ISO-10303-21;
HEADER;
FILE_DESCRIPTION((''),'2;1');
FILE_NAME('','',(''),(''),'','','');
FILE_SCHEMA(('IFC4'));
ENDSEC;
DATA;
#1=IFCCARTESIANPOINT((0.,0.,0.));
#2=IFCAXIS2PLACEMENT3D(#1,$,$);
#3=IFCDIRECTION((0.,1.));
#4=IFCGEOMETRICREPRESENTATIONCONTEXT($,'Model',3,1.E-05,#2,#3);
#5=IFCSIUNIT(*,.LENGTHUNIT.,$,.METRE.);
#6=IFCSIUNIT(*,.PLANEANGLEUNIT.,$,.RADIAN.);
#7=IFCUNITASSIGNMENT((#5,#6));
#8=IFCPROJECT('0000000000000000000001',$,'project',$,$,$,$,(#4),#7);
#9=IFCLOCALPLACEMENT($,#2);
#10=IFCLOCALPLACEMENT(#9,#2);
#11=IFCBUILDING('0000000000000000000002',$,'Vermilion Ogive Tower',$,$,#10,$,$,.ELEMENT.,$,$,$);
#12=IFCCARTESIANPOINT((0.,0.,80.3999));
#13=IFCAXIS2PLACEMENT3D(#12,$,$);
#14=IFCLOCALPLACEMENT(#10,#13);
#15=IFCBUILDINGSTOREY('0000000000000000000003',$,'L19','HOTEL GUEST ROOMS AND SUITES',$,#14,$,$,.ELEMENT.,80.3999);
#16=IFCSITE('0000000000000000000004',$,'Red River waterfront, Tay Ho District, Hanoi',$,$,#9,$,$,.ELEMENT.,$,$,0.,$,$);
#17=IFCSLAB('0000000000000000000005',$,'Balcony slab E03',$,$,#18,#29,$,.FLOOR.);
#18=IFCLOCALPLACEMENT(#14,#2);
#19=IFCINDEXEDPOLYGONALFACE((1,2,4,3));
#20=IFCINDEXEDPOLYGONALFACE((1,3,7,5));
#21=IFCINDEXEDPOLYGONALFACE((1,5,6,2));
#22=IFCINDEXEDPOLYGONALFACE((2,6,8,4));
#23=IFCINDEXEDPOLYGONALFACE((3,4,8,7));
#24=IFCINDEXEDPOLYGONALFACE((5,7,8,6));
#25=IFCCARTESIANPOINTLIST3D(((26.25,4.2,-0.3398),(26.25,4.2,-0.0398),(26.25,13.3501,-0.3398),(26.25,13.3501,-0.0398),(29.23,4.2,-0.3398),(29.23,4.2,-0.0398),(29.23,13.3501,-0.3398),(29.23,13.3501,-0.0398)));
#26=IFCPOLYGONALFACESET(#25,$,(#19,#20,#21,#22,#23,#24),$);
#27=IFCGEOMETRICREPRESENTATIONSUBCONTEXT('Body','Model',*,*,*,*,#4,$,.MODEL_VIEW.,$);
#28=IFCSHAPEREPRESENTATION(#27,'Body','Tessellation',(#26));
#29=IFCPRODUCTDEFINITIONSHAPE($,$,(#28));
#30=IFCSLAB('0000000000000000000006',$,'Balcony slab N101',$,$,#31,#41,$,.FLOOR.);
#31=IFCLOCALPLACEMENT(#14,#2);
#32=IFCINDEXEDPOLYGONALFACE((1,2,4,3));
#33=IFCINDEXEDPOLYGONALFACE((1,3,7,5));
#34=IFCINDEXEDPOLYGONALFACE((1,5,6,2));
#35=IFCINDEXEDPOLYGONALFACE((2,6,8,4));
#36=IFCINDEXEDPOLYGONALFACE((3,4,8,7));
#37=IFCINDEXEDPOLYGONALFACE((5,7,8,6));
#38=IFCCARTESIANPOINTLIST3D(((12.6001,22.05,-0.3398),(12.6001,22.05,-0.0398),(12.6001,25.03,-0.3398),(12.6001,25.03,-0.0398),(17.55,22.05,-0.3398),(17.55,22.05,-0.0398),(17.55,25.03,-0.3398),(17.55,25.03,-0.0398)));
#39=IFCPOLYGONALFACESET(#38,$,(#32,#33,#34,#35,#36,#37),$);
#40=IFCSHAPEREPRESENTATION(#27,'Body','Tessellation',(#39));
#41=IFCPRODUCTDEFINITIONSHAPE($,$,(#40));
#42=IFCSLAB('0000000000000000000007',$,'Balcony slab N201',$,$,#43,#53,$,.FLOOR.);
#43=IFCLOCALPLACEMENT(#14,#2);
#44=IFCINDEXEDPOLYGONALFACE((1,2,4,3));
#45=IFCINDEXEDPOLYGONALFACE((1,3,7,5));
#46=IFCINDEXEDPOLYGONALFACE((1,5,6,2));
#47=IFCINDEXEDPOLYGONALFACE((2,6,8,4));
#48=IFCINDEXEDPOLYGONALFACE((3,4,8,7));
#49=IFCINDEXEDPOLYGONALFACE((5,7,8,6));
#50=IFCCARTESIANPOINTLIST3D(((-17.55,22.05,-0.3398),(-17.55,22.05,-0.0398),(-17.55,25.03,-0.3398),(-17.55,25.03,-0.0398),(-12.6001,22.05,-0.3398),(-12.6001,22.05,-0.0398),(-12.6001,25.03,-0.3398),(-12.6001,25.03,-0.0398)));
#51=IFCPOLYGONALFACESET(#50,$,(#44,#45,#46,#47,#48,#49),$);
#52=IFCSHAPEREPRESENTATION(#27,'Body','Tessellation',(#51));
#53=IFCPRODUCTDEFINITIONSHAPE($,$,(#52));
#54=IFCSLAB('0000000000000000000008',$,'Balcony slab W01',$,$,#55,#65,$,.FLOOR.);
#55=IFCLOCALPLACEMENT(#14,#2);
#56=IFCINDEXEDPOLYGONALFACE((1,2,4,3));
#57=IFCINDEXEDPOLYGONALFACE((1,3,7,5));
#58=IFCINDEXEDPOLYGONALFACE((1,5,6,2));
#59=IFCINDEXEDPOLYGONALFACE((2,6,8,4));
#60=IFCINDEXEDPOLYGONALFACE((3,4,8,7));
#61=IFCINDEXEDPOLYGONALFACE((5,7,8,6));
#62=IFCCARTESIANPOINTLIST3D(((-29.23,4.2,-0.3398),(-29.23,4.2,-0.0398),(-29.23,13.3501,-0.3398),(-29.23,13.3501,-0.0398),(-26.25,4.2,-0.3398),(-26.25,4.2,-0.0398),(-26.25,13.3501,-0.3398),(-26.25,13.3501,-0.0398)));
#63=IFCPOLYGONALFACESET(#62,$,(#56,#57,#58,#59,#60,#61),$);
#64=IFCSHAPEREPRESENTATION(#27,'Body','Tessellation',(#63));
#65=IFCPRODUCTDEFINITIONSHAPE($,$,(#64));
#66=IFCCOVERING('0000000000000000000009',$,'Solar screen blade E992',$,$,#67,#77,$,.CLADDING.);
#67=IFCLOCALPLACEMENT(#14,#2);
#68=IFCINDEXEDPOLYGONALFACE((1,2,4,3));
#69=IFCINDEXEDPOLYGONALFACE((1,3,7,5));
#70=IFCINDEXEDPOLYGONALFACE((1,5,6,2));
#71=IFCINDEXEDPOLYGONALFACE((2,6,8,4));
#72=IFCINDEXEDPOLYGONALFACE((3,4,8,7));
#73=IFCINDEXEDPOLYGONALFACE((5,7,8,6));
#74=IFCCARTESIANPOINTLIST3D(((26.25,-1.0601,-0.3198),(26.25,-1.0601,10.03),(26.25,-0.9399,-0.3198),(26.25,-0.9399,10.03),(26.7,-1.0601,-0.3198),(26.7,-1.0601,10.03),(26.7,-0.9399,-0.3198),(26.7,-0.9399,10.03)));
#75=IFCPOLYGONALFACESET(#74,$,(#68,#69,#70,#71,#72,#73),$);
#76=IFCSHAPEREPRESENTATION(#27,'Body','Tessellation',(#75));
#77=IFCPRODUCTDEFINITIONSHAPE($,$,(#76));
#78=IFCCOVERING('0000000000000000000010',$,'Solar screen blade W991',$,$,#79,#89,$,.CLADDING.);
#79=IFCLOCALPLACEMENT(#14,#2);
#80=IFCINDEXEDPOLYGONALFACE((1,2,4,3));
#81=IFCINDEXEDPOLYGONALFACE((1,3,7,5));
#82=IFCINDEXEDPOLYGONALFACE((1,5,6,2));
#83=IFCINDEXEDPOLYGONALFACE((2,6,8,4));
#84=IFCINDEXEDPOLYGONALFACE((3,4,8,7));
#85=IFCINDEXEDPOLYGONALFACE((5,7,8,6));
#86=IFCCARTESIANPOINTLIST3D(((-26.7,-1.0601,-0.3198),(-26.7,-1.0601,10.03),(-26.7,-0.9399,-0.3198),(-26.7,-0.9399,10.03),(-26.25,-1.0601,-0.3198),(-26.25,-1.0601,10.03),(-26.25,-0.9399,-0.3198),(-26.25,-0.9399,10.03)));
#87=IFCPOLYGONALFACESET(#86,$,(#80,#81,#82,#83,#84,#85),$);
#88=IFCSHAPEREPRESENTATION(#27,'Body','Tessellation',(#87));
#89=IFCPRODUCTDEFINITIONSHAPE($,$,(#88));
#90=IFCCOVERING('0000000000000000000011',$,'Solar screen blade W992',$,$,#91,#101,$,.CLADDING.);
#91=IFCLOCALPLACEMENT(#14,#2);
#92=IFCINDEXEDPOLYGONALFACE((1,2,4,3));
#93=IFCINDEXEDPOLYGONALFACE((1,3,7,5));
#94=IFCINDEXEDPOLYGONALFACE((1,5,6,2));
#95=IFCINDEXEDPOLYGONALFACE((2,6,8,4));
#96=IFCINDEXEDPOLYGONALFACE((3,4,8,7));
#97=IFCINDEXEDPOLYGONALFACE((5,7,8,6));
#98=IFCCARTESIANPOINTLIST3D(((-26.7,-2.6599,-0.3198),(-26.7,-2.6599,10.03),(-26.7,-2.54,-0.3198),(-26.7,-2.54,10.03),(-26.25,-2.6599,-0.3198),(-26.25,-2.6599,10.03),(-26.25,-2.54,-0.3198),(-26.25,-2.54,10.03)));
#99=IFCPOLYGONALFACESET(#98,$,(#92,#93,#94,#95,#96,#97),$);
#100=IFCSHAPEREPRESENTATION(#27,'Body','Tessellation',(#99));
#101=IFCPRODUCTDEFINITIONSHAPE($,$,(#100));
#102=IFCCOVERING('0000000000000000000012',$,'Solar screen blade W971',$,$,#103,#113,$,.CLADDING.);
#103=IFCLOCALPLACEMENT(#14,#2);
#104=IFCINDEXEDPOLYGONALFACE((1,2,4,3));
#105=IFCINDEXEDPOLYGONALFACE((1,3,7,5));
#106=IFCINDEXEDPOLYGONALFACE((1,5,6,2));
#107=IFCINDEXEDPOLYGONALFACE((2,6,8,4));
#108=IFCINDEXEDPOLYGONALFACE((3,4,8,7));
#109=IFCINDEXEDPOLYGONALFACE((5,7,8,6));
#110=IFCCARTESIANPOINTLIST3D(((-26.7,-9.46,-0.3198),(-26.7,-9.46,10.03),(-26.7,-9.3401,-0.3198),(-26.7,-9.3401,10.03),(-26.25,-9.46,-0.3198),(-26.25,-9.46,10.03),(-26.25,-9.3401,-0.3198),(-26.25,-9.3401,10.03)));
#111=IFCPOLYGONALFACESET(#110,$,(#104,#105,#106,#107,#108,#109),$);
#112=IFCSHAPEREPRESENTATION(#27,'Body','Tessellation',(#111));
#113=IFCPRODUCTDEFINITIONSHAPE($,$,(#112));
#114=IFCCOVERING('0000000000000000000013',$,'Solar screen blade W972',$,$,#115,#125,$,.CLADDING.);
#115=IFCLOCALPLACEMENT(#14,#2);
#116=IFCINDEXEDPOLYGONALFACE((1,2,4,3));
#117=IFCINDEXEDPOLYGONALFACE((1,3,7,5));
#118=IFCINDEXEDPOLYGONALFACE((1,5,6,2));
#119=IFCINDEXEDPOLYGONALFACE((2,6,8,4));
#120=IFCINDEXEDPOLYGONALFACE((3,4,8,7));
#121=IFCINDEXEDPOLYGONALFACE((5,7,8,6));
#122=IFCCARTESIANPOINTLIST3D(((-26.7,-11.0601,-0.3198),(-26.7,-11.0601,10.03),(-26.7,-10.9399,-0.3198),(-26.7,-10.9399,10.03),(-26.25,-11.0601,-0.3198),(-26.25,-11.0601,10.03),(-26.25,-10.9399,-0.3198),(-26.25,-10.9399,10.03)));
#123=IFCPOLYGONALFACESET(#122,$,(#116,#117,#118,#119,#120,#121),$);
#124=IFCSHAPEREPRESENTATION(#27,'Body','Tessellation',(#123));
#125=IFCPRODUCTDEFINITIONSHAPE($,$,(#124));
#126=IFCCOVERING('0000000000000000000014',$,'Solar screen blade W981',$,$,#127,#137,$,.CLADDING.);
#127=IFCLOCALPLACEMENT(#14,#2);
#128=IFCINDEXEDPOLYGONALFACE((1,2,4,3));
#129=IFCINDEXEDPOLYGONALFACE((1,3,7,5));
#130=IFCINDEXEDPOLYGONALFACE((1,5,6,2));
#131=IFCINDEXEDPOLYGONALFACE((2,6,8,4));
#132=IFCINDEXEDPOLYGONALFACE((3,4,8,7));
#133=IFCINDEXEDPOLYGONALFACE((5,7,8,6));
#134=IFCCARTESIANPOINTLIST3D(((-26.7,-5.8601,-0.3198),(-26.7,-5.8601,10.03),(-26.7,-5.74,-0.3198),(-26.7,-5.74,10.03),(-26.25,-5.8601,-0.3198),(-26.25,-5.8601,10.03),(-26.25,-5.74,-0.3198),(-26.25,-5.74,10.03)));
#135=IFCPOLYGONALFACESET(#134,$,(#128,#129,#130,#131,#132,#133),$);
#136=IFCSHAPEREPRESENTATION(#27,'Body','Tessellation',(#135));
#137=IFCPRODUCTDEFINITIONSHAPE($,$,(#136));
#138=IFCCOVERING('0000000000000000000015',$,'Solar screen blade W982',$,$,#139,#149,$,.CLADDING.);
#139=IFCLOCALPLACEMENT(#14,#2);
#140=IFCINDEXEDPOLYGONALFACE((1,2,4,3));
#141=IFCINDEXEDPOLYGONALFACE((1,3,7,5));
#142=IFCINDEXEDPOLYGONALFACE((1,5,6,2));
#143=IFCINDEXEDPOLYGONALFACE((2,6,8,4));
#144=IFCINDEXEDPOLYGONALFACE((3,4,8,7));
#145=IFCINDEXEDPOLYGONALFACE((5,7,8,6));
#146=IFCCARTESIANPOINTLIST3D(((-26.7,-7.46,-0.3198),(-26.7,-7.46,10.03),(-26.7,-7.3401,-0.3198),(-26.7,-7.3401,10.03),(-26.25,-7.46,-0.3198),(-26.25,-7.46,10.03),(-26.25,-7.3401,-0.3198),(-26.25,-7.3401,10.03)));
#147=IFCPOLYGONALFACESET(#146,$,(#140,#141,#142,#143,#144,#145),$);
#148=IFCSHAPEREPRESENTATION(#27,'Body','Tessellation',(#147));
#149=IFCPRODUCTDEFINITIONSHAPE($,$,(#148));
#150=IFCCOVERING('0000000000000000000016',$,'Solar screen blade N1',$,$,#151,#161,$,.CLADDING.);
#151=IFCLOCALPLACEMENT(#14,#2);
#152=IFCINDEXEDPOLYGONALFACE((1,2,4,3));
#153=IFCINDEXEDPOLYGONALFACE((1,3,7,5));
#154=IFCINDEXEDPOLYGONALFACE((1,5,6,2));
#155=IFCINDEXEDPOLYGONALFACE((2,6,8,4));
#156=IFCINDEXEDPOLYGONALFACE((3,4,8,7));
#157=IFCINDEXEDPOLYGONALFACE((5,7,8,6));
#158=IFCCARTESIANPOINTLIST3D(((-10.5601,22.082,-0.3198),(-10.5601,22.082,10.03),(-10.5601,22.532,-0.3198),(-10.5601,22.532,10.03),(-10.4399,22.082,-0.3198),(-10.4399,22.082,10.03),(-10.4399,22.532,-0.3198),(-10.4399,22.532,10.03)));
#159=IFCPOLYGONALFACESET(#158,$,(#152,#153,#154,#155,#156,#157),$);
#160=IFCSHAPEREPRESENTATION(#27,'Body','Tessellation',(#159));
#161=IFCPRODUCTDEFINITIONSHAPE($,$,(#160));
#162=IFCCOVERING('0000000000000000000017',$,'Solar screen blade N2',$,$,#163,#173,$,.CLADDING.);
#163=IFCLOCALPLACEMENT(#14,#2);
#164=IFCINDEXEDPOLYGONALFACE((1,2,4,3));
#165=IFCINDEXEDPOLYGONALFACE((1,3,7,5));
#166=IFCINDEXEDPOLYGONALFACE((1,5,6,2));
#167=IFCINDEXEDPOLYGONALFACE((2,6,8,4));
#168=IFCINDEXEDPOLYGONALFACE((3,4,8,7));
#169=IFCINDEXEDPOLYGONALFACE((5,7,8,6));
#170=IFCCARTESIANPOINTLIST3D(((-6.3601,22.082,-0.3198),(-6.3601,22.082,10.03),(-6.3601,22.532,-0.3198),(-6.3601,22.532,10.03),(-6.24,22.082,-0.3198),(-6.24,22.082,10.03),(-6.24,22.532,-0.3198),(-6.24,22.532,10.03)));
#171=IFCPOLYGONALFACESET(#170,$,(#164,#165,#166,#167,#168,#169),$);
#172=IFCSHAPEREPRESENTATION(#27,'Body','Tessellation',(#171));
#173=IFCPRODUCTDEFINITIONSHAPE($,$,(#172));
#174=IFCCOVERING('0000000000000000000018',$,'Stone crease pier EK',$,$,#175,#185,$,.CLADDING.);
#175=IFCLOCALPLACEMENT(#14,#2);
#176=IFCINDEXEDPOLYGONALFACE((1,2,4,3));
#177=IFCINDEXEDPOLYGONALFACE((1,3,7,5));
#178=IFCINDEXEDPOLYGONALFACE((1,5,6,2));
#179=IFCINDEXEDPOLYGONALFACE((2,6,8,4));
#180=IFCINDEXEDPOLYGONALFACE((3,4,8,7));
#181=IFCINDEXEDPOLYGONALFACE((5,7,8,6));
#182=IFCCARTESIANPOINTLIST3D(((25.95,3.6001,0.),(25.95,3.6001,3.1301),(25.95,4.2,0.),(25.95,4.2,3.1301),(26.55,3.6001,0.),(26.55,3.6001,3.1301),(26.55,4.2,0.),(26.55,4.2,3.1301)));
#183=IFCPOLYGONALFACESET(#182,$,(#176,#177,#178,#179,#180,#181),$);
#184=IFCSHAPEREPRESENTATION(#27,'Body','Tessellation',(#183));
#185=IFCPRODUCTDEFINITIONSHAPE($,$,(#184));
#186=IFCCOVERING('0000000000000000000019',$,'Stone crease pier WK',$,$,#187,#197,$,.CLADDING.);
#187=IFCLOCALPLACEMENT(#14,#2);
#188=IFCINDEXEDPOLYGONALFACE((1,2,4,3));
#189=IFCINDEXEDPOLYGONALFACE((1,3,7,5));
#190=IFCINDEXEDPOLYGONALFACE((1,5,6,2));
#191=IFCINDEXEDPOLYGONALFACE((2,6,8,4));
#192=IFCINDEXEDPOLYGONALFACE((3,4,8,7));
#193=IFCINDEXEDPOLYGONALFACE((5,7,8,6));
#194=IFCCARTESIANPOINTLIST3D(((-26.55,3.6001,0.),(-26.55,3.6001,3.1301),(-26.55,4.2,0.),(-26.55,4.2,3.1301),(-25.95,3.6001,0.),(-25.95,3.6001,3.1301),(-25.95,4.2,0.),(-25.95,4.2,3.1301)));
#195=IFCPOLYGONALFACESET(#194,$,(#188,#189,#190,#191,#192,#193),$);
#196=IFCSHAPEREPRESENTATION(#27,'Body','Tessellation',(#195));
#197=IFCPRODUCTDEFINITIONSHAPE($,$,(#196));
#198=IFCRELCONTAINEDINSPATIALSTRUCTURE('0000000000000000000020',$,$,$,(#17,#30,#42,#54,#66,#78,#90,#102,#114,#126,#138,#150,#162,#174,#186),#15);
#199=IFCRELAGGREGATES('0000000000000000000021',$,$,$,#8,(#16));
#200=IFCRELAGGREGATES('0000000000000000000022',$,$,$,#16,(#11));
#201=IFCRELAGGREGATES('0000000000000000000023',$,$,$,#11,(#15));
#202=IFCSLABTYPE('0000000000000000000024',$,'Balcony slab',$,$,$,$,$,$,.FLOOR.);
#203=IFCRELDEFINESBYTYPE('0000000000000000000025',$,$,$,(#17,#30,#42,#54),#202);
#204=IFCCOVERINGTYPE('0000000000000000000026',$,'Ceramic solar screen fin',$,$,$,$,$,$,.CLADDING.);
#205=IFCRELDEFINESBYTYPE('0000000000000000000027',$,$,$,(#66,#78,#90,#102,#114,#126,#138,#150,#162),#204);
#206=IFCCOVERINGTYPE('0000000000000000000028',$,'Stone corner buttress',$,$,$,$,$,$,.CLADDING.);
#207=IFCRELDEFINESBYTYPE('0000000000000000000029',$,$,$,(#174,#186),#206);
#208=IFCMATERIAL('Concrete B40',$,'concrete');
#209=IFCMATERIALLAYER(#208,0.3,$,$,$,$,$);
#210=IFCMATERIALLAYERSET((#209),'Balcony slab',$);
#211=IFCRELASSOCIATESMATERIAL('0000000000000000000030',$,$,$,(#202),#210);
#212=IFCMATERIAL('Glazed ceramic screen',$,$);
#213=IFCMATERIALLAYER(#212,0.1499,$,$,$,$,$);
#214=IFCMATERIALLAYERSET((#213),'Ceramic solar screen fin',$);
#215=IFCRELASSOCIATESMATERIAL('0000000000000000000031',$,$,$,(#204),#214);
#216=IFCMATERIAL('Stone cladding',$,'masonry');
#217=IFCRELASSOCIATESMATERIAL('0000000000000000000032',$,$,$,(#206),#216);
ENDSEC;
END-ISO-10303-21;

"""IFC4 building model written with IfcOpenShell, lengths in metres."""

from ifc_helpers import new_model, si_unit, direction, frame, origin, place, context, subcontext, project, spatial, polyline, outline, extrude, material, layer, layer_set, type_object, element, save


model = new_model("IFC4")

# Units and contexts
model_context = context("Model", 3, precision=1e-05, world=origin(), true_north=direction((0.0, 1.0)))
body_context = subcontext(model_context, "Body", "Model", "MODEL_VIEW")
ifc_project = project(units=[si_unit("LENGTHUNIT", "METRE"), si_unit("PLANEANGLEUNIT", "RADIAN")], contexts=[model_context])

# Site, building, storey
site_placement = place(None, origin())
site = spatial("IfcSite", under=ifc_project, at=site_placement, Name="Red River waterfront, Tay Ho District, Hanoi", CompositionType="ELEMENT", RefElevation=0.0)
building_placement = place(site_placement, origin())
building = spatial("IfcBuilding", under=site, at=building_placement, Name="Vermilion Ogive Tower", CompositionType="ELEMENT")
storey_placement = place(building_placement, frame((0.0, 0.0, 80.3999)))
storey = spatial("IfcBuildingStorey", under=building, at=storey_placement, Name="L19", Description="HOTEL GUEST ROOMS AND SUITES", CompositionType="ELEMENT", Elevation=80.3999)

# Slabs
ifc_material_1 = material(Name="Concrete B40", Category="concrete")
ifc_layer_1 = layer(ifc_material_1, 0.3)
ifc_layer_set_1 = layer_set([ifc_layer_1], Name="Balcony slab")
slab_type = type_object("IfcSlabType", Name="Balcony slab", PredefinedType="FLOOR", material=ifc_layer_set_1)
slab_1_placement = place(storey_placement, frame((0.0, 0.0, -0.3398)))
element("IfcSlab", 1, at=slab_1_placement, inside=storey, type_object=slab_type, Name="Balcony slab E03", PredefinedType="FLOOR", context=body_context, shape_type="SweptSolid", body=[
    extrude(outline(polyline([(29.23, 4.2), (29.23, 13.3501), (26.25, 13.3501), (26.25, 4.2), (29.23, 4.2)])), origin(), (0.0, 0.0, 1.0), 0.3),
])
slab_2_placement = place(storey_placement, frame((0.0, 0.0, -0.3398)))
element("IfcSlab", 2, at=slab_2_placement, inside=storey, type_object=slab_type, Name="Balcony slab N101", PredefinedType="FLOOR", context=body_context, shape_type="SweptSolid", body=[
    extrude(outline(polyline([(17.55, 25.03), (12.6001, 25.03), (12.6001, 22.05), (17.55, 22.05), (17.55, 25.03)])), origin(), (0.0, 0.0, 1.0), 0.3),
])
slab_3_placement = place(storey_placement, frame((0.0, 0.0, -0.3398)))
element("IfcSlab", 3, at=slab_3_placement, inside=storey, type_object=slab_type, Name="Balcony slab N201", PredefinedType="FLOOR", context=body_context, shape_type="SweptSolid", body=[
    extrude(outline(polyline([(-12.6001, 25.03), (-17.55, 25.03), (-17.55, 22.05), (-12.6001, 22.05), (-12.6001, 25.03)])), origin(), (0.0, 0.0, 1.0), 0.3),
])
slab_4_placement = place(storey_placement, frame((0.0, 0.0, -0.3398)))
element("IfcSlab", 4, at=slab_4_placement, inside=storey, type_object=slab_type, Name="Balcony slab W01", PredefinedType="FLOOR", context=body_context, shape_type="SweptSolid", body=[
    extrude(outline(polyline([(-29.23, 13.3501), (-29.23, 4.2), (-26.25, 4.2), (-26.25, 13.3501), (-29.23, 13.3501)])), origin(), (0.0, 0.0, 1.0), 0.3),
])

# Coverings
ifc_material_2 = material(Name="Glazed ceramic screen")
ifc_layer_2 = layer(ifc_material_2, 0.1499)
ifc_layer_set_2 = layer_set([ifc_layer_2], Name="Ceramic solar screen fin")
covering_type_1 = type_object("IfcCoveringType", Name="Ceramic solar screen fin", PredefinedType="CLADDING", material=ifc_layer_set_2)
covering_1_placement = place(storey_placement, frame((0.0, 0.0, -0.3198)))
element("IfcCovering", 5, at=covering_1_placement, inside=storey, type_object=covering_type_1, Name="Solar screen blade E992", PredefinedType="CLADDING", context=body_context, shape_type="SweptSolid", body=[
    extrude(outline(polyline([(26.7, -1.0601), (26.7, -0.9399), (26.25, -0.9399), (26.25, -1.0601), (26.7, -1.0601)])), origin(), (0.0, 0.0, 1.0), 10.3499),
])
covering_2_placement = place(storey_placement, frame((0.0, 0.0, -0.3198)))
element("IfcCovering", 6, at=covering_2_placement, inside=storey, type_object=covering_type_1, Name="Solar screen blade W991", PredefinedType="CLADDING", context=body_context, shape_type="SweptSolid", body=[
    extrude(outline(polyline([(-26.7, -0.9399), (-26.7, -1.0601), (-26.25, -1.0601), (-26.25, -0.9399), (-26.7, -0.9399)])), origin(), (0.0, 0.0, 1.0), 10.3499),
])
covering_3_placement = place(storey_placement, frame((0.0, 0.0, -0.3198)))
element("IfcCovering", 7, at=covering_3_placement, inside=storey, type_object=covering_type_1, Name="Solar screen blade W992", PredefinedType="CLADDING", context=body_context, shape_type="SweptSolid", body=[
    extrude(outline(polyline([(-26.7, -2.54), (-26.7, -2.6599), (-26.25, -2.6599), (-26.25, -2.54), (-26.7, -2.54)])), origin(), (0.0, 0.0, 1.0), 10.3499),
])
covering_4_placement = place(storey_placement, frame((0.0, 0.0, -0.3198)))
element("IfcCovering", 8, at=covering_4_placement, inside=storey, type_object=covering_type_1, Name="Solar screen blade W971", PredefinedType="CLADDING", context=body_context, shape_type="SweptSolid", body=[
    extrude(outline(polyline([(-26.7, -9.3401), (-26.7, -9.46), (-26.25, -9.46), (-26.25, -9.3401), (-26.7, -9.3401)])), origin(), (0.0, 0.0, 1.0), 10.3499),
])
covering_5_placement = place(storey_placement, frame((0.0, 0.0, -0.3198)))
element("IfcCovering", 9, at=covering_5_placement, inside=storey, type_object=covering_type_1, Name="Solar screen blade W972", PredefinedType="CLADDING", context=body_context, shape_type="SweptSolid", body=[
    extrude(outline(polyline([(-26.7, -10.9399), (-26.7, -11.0601), (-26.25, -11.0601), (-26.25, -10.9399), (-26.7, -10.9399)])), origin(), (0.0, 0.0, 1.0), 10.3499),
])
covering_6_placement = place(storey_placement, frame((0.0, 0.0, -0.3198)))
element("IfcCovering", 10, at=covering_6_placement, inside=storey, type_object=covering_type_1, Name="Solar screen blade W981", PredefinedType="CLADDING", context=body_context, shape_type="SweptSolid", body=[
    extrude(outline(polyline([(-26.7, -5.74), (-26.7, -5.8601), (-26.25, -5.8601), (-26.25, -5.74), (-26.7, -5.74)])), origin(), (0.0, 0.0, 1.0), 10.3499),
])
covering_7_placement = place(storey_placement, frame((0.0, 0.0, -0.3198)))
element("IfcCovering", 11, at=covering_7_placement, inside=storey, type_object=covering_type_1, Name="Solar screen blade W982", PredefinedType="CLADDING", context=body_context, shape_type="SweptSolid", body=[
    extrude(outline(polyline([(-26.7, -7.3401), (-26.7, -7.46), (-26.25, -7.46), (-26.25, -7.3401), (-26.7, -7.3401)])), origin(), (0.0, 0.0, 1.0), 10.3499),
])
covering_8_placement = place(storey_placement, frame((0.0, 0.0, -0.3198)))
element("IfcCovering", 12, at=covering_8_placement, inside=storey, type_object=covering_type_1, Name="Solar screen blade N1", PredefinedType="CLADDING", context=body_context, shape_type="SweptSolid", body=[
    extrude(outline(polyline([(-10.5601, 22.082), (-10.4399, 22.082), (-10.4399, 22.532), (-10.5601, 22.532), (-10.5601, 22.082)])), origin(), (0.0, 0.0, 1.0), 10.3499),
])
covering_9_placement = place(storey_placement, frame((0.0, 0.0, -0.3198)))
element("IfcCovering", 13, at=covering_9_placement, inside=storey, type_object=covering_type_1, Name="Solar screen blade N2", PredefinedType="CLADDING", context=body_context, shape_type="SweptSolid", body=[
    extrude(outline(polyline([(-6.3601, 22.082), (-6.24, 22.082), (-6.24, 22.532), (-6.3601, 22.532), (-6.3601, 22.082)])), origin(), (0.0, 0.0, 1.0), 10.3499),
])
ifc_material_3 = material(Name="Stone cladding", Category="masonry")
covering_type_2 = type_object("IfcCoveringType", Name="Stone corner buttress", PredefinedType="CLADDING", material=ifc_material_3)
covering_10_placement = place(storey_placement, origin())
element("IfcCovering", 14, at=covering_10_placement, inside=storey, type_object=covering_type_2, Name="Stone crease pier EK", PredefinedType="CLADDING", context=body_context, shape_type="SweptSolid", body=[
    extrude(outline(polyline([(26.55, 3.6001), (26.55, 4.2), (25.95, 4.2), (25.95, 3.6001), (26.55, 3.6001)])), origin(), (0.0, 0.0, 1.0), 3.1301),
])
covering_11_placement = place(storey_placement, origin())
element("IfcCovering", 15, at=covering_11_placement, inside=storey, type_object=covering_type_2, Name="Stone crease pier WK", PredefinedType="CLADDING", context=body_context, shape_type="SweptSolid", body=[
    extrude(outline(polyline([(-26.55, 4.2), (-26.55, 3.6001), (-25.95, 3.6001), (-25.95, 4.2), (-26.55, 4.2)])), origin(), (0.0, 0.0, 1.0), 3.1301),
])

save(model, "model.ifc")
